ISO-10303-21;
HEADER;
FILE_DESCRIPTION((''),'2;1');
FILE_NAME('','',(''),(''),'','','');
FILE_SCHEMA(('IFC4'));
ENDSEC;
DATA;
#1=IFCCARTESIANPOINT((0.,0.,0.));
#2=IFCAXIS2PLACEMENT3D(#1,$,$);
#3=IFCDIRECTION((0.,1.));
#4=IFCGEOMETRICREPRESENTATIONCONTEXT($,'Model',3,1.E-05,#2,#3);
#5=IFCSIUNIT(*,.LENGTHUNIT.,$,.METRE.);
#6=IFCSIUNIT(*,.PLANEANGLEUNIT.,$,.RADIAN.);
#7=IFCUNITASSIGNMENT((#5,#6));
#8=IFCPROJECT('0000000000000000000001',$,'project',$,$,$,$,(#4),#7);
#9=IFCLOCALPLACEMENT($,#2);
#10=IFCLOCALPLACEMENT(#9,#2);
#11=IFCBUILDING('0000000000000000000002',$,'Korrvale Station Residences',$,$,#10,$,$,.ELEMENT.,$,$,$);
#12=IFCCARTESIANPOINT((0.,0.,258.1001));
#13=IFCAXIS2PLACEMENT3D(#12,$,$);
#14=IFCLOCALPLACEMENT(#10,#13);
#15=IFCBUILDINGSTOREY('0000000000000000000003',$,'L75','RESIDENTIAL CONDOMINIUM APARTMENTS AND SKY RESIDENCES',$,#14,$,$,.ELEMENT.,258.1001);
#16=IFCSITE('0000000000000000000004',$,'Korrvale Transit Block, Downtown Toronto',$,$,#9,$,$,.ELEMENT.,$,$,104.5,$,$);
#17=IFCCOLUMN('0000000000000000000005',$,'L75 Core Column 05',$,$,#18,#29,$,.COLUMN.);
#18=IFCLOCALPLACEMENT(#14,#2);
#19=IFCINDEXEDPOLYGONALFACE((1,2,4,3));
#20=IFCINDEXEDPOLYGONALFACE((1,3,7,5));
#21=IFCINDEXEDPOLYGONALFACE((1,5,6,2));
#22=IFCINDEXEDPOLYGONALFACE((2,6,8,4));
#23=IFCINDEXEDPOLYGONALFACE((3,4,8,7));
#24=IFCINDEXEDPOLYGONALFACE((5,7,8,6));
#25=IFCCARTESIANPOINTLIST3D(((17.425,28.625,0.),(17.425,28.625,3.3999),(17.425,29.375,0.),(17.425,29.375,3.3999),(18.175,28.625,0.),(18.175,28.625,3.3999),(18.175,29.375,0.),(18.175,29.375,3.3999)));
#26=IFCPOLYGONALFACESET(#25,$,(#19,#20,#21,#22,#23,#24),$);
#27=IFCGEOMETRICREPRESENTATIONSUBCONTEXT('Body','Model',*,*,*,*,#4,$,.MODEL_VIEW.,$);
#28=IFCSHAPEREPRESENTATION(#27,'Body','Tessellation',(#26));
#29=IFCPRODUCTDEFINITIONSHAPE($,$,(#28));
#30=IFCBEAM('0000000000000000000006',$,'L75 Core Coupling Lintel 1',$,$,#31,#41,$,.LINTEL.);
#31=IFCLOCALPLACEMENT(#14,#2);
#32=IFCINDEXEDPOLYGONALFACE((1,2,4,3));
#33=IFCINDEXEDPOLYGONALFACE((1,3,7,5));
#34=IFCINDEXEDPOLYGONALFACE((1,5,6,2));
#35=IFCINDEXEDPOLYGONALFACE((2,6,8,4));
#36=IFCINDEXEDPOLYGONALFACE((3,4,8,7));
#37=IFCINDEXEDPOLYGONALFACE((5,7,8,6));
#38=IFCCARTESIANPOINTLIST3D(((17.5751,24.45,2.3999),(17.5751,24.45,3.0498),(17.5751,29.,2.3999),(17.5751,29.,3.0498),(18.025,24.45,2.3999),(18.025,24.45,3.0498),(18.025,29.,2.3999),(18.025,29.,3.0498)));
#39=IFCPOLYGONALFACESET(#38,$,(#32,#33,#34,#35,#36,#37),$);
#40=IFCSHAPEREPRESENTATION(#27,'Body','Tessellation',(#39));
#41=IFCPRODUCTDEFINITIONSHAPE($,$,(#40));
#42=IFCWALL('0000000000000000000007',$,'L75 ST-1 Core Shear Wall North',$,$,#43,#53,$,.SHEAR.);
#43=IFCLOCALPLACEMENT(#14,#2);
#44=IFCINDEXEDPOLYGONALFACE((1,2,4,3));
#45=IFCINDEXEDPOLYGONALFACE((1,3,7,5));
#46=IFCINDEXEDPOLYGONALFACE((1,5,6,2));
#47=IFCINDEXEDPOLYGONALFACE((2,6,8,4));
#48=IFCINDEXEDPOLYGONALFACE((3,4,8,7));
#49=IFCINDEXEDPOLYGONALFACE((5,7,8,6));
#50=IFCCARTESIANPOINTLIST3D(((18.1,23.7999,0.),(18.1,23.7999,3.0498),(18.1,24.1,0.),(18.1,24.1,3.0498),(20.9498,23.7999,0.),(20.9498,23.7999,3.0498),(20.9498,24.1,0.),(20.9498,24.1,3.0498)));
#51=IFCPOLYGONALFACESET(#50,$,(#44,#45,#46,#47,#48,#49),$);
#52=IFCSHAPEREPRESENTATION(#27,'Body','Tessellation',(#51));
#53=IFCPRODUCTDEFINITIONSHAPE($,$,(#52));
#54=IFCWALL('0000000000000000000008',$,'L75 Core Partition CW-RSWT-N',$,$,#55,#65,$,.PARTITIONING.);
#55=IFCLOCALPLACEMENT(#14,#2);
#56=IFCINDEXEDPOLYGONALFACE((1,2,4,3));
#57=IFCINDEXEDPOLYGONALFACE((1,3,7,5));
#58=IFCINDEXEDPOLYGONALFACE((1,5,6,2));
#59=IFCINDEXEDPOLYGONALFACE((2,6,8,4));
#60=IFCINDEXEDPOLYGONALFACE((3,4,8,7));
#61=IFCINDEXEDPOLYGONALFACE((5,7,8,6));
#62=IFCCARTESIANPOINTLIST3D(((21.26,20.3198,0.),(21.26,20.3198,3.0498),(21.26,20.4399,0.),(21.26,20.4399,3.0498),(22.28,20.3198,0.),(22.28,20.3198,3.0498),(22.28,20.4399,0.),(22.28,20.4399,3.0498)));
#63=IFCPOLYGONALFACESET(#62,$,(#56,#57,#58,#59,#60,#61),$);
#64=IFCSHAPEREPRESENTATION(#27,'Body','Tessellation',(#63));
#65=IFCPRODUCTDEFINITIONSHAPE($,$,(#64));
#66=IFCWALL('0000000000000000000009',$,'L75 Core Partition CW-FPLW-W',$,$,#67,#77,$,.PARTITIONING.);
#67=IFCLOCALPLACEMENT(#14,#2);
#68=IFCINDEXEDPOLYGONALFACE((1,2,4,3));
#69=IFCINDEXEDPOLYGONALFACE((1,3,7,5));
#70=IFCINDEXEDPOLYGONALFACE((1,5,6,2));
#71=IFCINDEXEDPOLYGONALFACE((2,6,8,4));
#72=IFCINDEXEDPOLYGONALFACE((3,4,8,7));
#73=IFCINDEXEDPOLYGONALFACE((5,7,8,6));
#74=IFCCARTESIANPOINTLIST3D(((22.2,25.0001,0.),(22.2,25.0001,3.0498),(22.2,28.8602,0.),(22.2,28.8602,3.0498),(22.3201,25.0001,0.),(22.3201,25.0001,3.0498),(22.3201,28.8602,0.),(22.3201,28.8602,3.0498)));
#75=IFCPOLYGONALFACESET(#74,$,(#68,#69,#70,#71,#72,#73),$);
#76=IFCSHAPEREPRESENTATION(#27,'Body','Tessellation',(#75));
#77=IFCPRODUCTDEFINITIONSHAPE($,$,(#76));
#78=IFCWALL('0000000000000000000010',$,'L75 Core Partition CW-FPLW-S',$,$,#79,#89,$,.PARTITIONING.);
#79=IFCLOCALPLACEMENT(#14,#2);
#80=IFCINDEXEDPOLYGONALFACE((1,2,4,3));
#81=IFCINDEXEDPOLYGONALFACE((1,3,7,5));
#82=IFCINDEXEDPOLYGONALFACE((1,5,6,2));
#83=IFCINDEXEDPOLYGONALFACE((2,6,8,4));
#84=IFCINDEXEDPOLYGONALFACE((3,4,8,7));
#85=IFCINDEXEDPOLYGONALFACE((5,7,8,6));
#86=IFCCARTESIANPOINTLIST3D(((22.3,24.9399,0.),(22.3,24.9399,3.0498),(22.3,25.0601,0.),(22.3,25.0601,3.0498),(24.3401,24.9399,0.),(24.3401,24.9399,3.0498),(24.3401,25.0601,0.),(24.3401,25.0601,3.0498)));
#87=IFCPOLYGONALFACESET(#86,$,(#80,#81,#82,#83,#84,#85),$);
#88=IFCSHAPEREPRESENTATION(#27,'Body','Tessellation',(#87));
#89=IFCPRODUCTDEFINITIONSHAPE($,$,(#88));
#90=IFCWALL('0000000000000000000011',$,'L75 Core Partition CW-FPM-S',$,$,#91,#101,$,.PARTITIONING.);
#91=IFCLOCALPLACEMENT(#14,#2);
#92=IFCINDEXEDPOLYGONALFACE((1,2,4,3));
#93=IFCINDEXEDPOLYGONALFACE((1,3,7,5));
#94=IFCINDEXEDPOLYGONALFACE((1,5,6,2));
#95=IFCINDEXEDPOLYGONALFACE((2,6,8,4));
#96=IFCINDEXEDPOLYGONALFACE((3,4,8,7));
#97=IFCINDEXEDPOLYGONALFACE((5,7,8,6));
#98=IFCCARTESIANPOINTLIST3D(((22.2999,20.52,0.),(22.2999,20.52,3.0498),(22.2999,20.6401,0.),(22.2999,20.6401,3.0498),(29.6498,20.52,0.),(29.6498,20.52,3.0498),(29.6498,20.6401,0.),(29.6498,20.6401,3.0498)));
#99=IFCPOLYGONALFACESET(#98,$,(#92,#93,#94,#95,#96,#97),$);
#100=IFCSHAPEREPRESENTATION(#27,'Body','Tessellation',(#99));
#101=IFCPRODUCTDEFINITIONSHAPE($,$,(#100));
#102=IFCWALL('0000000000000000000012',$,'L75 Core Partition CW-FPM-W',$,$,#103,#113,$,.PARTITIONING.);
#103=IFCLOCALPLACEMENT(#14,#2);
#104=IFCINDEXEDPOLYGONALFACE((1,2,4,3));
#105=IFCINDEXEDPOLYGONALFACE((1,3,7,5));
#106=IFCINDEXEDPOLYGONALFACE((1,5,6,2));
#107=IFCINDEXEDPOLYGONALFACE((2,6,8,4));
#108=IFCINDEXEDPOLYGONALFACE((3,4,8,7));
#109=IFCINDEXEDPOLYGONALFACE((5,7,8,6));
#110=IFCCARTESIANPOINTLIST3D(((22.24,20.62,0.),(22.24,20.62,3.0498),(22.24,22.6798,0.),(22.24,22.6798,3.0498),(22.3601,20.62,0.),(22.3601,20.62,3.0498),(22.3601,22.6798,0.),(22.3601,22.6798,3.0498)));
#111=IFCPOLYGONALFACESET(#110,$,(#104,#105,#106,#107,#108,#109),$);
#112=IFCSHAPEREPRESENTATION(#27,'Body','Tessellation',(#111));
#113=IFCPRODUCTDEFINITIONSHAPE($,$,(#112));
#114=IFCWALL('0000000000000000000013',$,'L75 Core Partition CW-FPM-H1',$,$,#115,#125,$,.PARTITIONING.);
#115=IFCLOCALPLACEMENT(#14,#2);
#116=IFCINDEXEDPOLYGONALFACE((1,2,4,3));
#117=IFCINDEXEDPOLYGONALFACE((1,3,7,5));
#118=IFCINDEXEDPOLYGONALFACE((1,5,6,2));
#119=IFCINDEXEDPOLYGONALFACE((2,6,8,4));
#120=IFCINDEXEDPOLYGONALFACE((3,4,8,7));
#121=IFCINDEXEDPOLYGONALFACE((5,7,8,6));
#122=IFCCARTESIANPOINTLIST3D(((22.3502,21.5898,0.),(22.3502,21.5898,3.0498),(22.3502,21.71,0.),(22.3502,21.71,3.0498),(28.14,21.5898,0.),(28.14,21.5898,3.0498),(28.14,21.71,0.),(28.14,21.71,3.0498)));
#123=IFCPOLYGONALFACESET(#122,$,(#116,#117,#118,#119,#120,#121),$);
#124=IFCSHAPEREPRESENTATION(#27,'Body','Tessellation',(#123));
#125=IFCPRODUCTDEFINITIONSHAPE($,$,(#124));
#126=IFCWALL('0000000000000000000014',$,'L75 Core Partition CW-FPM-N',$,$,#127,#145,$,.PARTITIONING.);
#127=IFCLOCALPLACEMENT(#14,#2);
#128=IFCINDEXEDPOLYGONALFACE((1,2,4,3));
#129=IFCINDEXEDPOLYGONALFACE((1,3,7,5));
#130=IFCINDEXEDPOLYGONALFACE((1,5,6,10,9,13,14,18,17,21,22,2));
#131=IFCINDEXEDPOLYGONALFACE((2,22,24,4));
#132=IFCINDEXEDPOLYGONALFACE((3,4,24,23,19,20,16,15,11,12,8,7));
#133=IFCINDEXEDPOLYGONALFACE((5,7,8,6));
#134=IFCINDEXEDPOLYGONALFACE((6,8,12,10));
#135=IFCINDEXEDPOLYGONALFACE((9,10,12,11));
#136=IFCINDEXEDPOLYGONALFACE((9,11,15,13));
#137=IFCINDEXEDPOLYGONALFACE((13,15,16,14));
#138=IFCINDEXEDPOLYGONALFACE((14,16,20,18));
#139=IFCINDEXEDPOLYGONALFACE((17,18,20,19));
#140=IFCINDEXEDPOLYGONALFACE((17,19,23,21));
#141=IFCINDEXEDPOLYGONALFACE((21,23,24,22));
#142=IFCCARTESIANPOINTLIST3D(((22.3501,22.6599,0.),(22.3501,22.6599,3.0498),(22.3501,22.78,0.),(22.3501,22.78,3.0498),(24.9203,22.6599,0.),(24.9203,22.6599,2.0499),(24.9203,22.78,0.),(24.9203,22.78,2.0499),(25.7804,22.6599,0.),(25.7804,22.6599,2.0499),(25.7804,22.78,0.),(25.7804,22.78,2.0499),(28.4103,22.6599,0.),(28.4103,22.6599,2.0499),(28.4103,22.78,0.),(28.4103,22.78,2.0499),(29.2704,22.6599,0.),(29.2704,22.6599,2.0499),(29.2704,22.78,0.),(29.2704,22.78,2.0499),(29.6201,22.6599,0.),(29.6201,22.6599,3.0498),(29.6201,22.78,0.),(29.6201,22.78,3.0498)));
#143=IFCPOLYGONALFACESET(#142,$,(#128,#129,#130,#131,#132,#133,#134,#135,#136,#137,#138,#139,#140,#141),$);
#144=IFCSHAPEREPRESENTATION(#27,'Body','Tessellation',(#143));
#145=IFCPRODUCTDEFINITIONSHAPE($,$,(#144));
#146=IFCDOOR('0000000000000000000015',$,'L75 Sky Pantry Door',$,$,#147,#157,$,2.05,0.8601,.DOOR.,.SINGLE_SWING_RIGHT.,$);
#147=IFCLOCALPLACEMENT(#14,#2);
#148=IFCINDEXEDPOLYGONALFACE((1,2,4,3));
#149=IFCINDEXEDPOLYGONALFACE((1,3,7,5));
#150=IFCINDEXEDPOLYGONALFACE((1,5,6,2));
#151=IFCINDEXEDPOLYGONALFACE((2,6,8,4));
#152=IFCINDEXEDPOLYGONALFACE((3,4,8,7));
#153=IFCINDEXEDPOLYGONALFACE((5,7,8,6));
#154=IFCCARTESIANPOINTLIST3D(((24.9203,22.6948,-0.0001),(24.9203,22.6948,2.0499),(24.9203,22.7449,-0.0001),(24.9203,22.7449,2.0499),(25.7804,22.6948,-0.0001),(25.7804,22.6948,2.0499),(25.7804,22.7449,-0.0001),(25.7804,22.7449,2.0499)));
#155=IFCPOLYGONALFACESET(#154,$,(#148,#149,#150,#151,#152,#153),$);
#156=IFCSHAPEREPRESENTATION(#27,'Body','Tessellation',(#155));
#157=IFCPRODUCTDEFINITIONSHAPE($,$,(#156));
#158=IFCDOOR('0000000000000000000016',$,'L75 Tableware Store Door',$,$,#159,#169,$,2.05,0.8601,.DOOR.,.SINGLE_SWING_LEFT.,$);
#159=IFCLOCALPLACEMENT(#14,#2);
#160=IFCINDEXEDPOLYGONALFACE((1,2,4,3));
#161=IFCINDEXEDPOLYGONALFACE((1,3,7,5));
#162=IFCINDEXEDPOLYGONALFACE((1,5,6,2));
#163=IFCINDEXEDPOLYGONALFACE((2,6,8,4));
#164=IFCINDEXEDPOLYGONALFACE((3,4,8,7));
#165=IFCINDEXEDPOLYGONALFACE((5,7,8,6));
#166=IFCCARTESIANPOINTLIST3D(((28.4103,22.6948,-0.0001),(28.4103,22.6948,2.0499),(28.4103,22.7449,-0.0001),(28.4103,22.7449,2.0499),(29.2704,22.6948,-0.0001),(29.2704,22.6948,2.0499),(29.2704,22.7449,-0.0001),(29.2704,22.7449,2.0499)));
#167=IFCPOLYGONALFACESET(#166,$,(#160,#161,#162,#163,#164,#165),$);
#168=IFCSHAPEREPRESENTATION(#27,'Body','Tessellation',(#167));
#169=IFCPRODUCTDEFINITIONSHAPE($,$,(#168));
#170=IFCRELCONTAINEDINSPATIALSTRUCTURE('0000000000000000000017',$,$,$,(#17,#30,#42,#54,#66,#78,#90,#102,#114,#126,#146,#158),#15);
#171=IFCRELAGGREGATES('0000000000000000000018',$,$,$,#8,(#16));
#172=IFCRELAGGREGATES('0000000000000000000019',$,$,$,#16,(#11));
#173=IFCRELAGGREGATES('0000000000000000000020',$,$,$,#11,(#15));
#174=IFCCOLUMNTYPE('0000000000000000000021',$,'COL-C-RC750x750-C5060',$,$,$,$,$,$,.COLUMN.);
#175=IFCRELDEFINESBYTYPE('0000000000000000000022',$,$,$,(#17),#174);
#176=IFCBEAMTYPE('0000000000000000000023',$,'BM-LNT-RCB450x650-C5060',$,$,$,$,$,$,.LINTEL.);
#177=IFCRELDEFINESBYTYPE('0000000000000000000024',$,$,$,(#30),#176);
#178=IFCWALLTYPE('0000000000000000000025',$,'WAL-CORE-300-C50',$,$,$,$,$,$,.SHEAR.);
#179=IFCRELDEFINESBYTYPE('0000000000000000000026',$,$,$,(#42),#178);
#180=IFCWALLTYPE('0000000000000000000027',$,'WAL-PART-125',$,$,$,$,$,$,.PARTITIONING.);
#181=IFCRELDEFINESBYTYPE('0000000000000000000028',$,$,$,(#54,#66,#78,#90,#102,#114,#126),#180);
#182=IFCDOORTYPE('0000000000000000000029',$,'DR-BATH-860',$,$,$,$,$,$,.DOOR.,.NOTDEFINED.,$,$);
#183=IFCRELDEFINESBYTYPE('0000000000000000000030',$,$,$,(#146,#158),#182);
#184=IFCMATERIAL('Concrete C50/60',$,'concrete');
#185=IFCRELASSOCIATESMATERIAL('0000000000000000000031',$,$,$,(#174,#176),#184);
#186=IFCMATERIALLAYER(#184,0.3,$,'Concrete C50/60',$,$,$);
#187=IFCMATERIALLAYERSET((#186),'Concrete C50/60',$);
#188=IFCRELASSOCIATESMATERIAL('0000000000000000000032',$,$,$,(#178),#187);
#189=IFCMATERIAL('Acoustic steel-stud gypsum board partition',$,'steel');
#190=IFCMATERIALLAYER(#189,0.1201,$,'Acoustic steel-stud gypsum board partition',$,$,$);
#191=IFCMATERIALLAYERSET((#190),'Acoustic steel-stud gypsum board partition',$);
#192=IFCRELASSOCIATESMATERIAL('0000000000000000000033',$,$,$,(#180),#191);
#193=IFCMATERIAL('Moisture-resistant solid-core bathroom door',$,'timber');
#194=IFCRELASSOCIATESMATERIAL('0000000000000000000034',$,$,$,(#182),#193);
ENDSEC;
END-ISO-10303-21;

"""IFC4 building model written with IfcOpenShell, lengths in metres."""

from ifc_helpers import new_model, si_unit, direction, frame, frame_2d, origin, origin_2d, place, context, subcontext, project, spatial, rectangle, extrude, material, layer, layer_set, material_profile, profile_set, type_object, element, fill, save


model = new_model("IFC4")

# Units and contexts
model_context = context("Model", 3, precision=1e-05, world=origin(), true_north=direction((0.0, 1.0)))
body_context = subcontext(model_context, "Body", "Model", "MODEL_VIEW")
ifc_project = project(units=[si_unit("LENGTHUNIT", "METRE"), si_unit("PLANEANGLEUNIT", "RADIAN")], contexts=[model_context])

# Site, building, storey
site_placement = place(None, origin())
site = spatial("IfcSite", under=ifc_project, at=site_placement, Name="Korrvale Transit Block, Downtown Toronto", CompositionType="ELEMENT", RefElevation=104.5)
building_placement = place(site_placement, origin())
building = spatial("IfcBuilding", under=site, at=building_placement, Name="Korrvale Station Residences", CompositionType="ELEMENT")
storey_placement = place(building_placement, frame((0.0, 0.0, 258.1001)))
storey = spatial("IfcBuildingStorey", under=building, at=storey_placement, Name="L75", Description="RESIDENTIAL CONDOMINIUM APARTMENTS AND SKY RESIDENCES", CompositionType="ELEMENT", Elevation=258.1001)

# Column
ifc_material_1 = material(Name="Concrete C50/60", Category="concrete")
ifc_material_profile_1 = material_profile(ifc_material_1, rectangle(XDim=0.75, YDim=0.75, at=origin_2d()), Name="RC750x750")
ifc_profile_set_1 = profile_set([ifc_material_profile_1], Name="Concrete C50/60")
column_type = type_object("IfcColumnType", Name="COL-C-RC750x750-C5060", PredefinedType="COLUMN", material=ifc_profile_set_1)
column_placement = place(storey_placement, frame((17.8, 29.0, 0.0), z_axis=(0.0, 0.0, 1.0), x_axis=(1.0, 0.0, 0.0)))
element("IfcColumn", 1, at=column_placement, inside=storey, type_object=column_type, Name="L75 Core Column 05", PredefinedType="COLUMN", context=body_context, shape_type="SweptSolid", body=[
    extrude(rectangle(XDim=0.75, YDim=0.75, at=origin_2d()), origin(), (0.0, 0.0, 1.0), 3.3999),
])

# Beam
ifc_material_profile_2 = material_profile(ifc_material_1, rectangle(XDim=0.45, YDim=0.6499, at=origin_2d()), Name="RCB450x650")
ifc_profile_set_2 = profile_set([ifc_material_profile_2], Name="Concrete C50/60")
beam_type = type_object("IfcBeamType", Name="BM-LNT-RCB450x650-C5060", PredefinedType="LINTEL", material=ifc_profile_set_2)
beam_placement = place(storey_placement, frame((17.8, 24.45, 2.7249), z_axis=(0.0, 1.0, 0.0), x_axis=(-1.0, 0.0, 0.0)))
element("IfcBeam", 2, at=beam_placement, inside=storey, type_object=beam_type, Name="L75 Core Coupling Lintel 1", PredefinedType="LINTEL", context=body_context, shape_type="SweptSolid", body=[
    extrude(rectangle(XDim=0.45, YDim=0.6499, at=origin_2d()), origin(), (0.0, 0.0, 1.0), 4.55),
])

# Walls
ifc_layer_1 = layer(ifc_material_1, 0.3, Name="Concrete C50/60")
ifc_layer_set_1 = layer_set([ifc_layer_1], Name="Concrete C50/60")
wall_type_1 = type_object("IfcWallType", Name="WAL-CORE-300-C50", PredefinedType="SHEAR", material=ifc_layer_set_1)
wall_1_placement = place(storey_placement, frame((18.1001, 23.95, 0.0), z_axis=(0.0, 0.0, 1.0), x_axis=(1.0, 0.0, 0.0)))
element("IfcWall", 3, at=wall_1_placement, inside=storey, type_object=wall_type_1, Name="L75 ST-1 Core Shear Wall North", PredefinedType="SHEAR", context=body_context, shape_type="SweptSolid", body=[
    extrude(rectangle(XDim=2.8499, YDim=0.3, at=frame_2d((1.4248, 0.0))), origin(), (0.0, 0.0, 1.0), 3.0498),
])
ifc_material_2 = material(Name="Acoustic steel-stud gypsum board partition", Category="steel")
ifc_layer_2 = layer(ifc_material_2, 0.1201, Name="Acoustic steel-stud gypsum board partition")
ifc_layer_set_2 = layer_set([ifc_layer_2], Name="Acoustic steel-stud gypsum board partition")
wall_type_2 = type_object("IfcWallType", Name="WAL-PART-125", PredefinedType="PARTITIONING", material=ifc_layer_set_2)
wall_2_placement = place(storey_placement, frame((22.28, 20.3799, 0.0), z_axis=(0.0, 0.0, 1.0), x_axis=(-1.0, 0.0, 0.0)))
element("IfcWall", 4, at=wall_2_placement, inside=storey, type_object=wall_type_2, Name="L75 Core Partition CW-RSWT-N", PredefinedType="PARTITIONING", context=body_context, shape_type="SweptSolid", body=[
    extrude(rectangle(XDim=1.02, YDim=0.1201, at=frame_2d((0.51, 0.0))), origin(), (0.0, 0.0, 1.0), 3.0498),
])
wall_3_placement = place(storey_placement, frame((22.26, 25.0, 0.0), z_axis=(0.0, 0.0, 1.0), x_axis=(0.0, 1.0, 0.0)))
element("IfcWall", 5, at=wall_3_placement, inside=storey, type_object=wall_type_2, Name="L75 Core Partition CW-FPLW-W", PredefinedType="PARTITIONING", context=body_context, shape_type="SweptSolid", body=[
    extrude(rectangle(XDim=3.8601, YDim=0.1201, at=frame_2d((1.9302, 0.0))), origin(), (0.0, 0.0, 1.0), 3.0498),
])
wall_4_placement = place(storey_placement, frame((22.3, 25.0, 0.0), z_axis=(0.0, 0.0, 1.0), x_axis=(1.0, 0.0, 0.0)))
element("IfcWall", 6, at=wall_4_placement, inside=storey, type_object=wall_type_2, Name="L75 Core Partition CW-FPLW-S", PredefinedType="PARTITIONING", context=body_context, shape_type="SweptSolid", body=[
    extrude(rectangle(XDim=2.04, YDim=0.1201, at=frame_2d((1.02, 0.0))), origin(), (0.0, 0.0, 1.0), 3.0498),
])
wall_5_placement = place(storey_placement, frame((22.3, 20.5801, 0.0), z_axis=(0.0, 0.0, 1.0), x_axis=(1.0, 0.0, 0.0)))
element("IfcWall", 7, at=wall_5_placement, inside=storey, type_object=wall_type_2, Name="L75 Core Partition CW-FPM-S", PredefinedType="PARTITIONING", context=body_context, shape_type="SweptSolid", body=[
    extrude(rectangle(XDim=7.3499, YDim=0.1201, at=frame_2d((3.6748, 0.0))), origin(), (0.0, 0.0, 1.0), 3.0498),
])
wall_6_placement = place(storey_placement, frame((22.3, 20.6201, 0.0), z_axis=(0.0, 0.0, 1.0), x_axis=(0.0, 1.0, 0.0)))
element("IfcWall", 8, at=wall_6_placement, inside=storey, type_object=wall_type_2, Name="L75 Core Partition CW-FPM-W", PredefinedType="PARTITIONING", context=body_context, shape_type="SweptSolid", body=[
    extrude(rectangle(XDim=2.0598, YDim=0.1201, at=frame_2d((1.0298, 0.0))), origin(), (0.0, 0.0, 1.0), 3.0498),
])
wall_7_placement = place(storey_placement, frame((22.3501, 21.6499, 0.0), z_axis=(0.0, 0.0, 1.0), x_axis=(1.0, 0.0, 0.0)))
element("IfcWall", 9, at=wall_7_placement, inside=storey, type_object=wall_type_2, Name="L75 Core Partition CW-FPM-H1", PredefinedType="PARTITIONING", context=body_context, shape_type="SweptSolid", body=[
    extrude(rectangle(XDim=5.7898, YDim=0.1201, at=frame_2d((2.895, 0.0))), origin(), (0.0, 0.0, 1.0), 3.0498),
])

# Wall, openings, doors
wall_8_placement = place(storey_placement, frame((22.3501, 22.72, 0.0), z_axis=(0.0, 0.0, 1.0), x_axis=(1.0, 0.0, 0.0)))
wall_8 = element("IfcWall", 10, at=wall_8_placement, inside=storey, type_object=wall_type_2, Name="L75 Core Partition CW-FPM-N", PredefinedType="PARTITIONING", context=body_context, shape_type="SweptSolid", body=[
    extrude(rectangle(XDim=7.27, YDim=0.1201, at=frame_2d((3.635, 0.0))), origin(), (0.0, 0.0, 1.0), 3.0498),
])
opening_1_placement = place(wall_8_placement, frame((2.5701, 0.0, 0.0)))
opening_1 = element("IfcOpeningElement", 11, at=opening_1_placement, cuts=wall_8, PredefinedType="OPENING", context=body_context, shape_type="SweptSolid", body=[
    extrude(rectangle(XDim=0.8601, YDim=2.05, at=frame_2d((0.4302, 1.0249))), frame((0.0, 0.0701, 0.0), z_axis=(0.0, -1.0, 0.0), x_axis=(1.0, 0.0, 0.0)), (0.0, 0.0, 1.0), 0.1401),
])
opening_2_placement = place(wall_8_placement, frame((6.0601, 0.0, 0.0)))
opening_2 = element("IfcOpeningElement", 12, at=opening_2_placement, cuts=wall_8, PredefinedType="OPENING", context=body_context, shape_type="SweptSolid", body=[
    extrude(rectangle(XDim=0.8601, YDim=2.05, at=frame_2d((0.4302, 1.0249))), frame((0.0, 0.0701, 0.0), z_axis=(0.0, -1.0, 0.0), x_axis=(1.0, 0.0, 0.0)), (0.0, 0.0, 1.0), 0.1401),
])
ifc_material_3 = material(Name="Moisture-resistant solid-core bathroom door", Category="timber")
door_type_1 = type_object("IfcDoorType", Name="DR-BATH-860", OperationType="NOTDEFINED", PredefinedType="DOOR", material=ifc_material_3)
door_1_placement = place(opening_1_placement, origin())
door_1 = element("IfcDoor", 13, at=door_1_placement, inside=storey, type_object=door_type_1, Name="L75 Sky Pantry Door", OperationType="SINGLE_SWING_RIGHT", OverallHeight=2.05, OverallWidth=0.8601, PredefinedType="DOOR", context=body_context, shape_type="SweptSolid", body=[
    extrude(rectangle(XDim=0.8601, YDim=2.05, at=frame_2d((0.4302, 1.0249))), frame((0.0, 0.0249, 0.0), z_axis=(0.0, -1.0, 0.0), x_axis=(1.0, 0.0, 0.0)), (0.0, 0.0, 1.0), 0.05),
])
fill(opening_1, door_1)
door_2_placement = place(opening_2_placement, origin())
door_2 = element("IfcDoor", 14, at=door_2_placement, inside=storey, type_object=door_type_1, Name="L75 Tableware Store Door", OperationType="SINGLE_SWING_LEFT", OverallHeight=2.05, OverallWidth=0.8601, PredefinedType="DOOR", context=body_context, shape_type="SweptSolid", body=[
    extrude(rectangle(XDim=0.8601, YDim=2.05, at=frame_2d((0.4302, 1.0249))), frame((0.0, 0.0249, 0.0), z_axis=(0.0, -1.0, 0.0), x_axis=(1.0, 0.0, 0.0)), (0.0, 0.0, 1.0), 0.05),
])
fill(opening_2, door_2)

save(model, "model.ifc")
